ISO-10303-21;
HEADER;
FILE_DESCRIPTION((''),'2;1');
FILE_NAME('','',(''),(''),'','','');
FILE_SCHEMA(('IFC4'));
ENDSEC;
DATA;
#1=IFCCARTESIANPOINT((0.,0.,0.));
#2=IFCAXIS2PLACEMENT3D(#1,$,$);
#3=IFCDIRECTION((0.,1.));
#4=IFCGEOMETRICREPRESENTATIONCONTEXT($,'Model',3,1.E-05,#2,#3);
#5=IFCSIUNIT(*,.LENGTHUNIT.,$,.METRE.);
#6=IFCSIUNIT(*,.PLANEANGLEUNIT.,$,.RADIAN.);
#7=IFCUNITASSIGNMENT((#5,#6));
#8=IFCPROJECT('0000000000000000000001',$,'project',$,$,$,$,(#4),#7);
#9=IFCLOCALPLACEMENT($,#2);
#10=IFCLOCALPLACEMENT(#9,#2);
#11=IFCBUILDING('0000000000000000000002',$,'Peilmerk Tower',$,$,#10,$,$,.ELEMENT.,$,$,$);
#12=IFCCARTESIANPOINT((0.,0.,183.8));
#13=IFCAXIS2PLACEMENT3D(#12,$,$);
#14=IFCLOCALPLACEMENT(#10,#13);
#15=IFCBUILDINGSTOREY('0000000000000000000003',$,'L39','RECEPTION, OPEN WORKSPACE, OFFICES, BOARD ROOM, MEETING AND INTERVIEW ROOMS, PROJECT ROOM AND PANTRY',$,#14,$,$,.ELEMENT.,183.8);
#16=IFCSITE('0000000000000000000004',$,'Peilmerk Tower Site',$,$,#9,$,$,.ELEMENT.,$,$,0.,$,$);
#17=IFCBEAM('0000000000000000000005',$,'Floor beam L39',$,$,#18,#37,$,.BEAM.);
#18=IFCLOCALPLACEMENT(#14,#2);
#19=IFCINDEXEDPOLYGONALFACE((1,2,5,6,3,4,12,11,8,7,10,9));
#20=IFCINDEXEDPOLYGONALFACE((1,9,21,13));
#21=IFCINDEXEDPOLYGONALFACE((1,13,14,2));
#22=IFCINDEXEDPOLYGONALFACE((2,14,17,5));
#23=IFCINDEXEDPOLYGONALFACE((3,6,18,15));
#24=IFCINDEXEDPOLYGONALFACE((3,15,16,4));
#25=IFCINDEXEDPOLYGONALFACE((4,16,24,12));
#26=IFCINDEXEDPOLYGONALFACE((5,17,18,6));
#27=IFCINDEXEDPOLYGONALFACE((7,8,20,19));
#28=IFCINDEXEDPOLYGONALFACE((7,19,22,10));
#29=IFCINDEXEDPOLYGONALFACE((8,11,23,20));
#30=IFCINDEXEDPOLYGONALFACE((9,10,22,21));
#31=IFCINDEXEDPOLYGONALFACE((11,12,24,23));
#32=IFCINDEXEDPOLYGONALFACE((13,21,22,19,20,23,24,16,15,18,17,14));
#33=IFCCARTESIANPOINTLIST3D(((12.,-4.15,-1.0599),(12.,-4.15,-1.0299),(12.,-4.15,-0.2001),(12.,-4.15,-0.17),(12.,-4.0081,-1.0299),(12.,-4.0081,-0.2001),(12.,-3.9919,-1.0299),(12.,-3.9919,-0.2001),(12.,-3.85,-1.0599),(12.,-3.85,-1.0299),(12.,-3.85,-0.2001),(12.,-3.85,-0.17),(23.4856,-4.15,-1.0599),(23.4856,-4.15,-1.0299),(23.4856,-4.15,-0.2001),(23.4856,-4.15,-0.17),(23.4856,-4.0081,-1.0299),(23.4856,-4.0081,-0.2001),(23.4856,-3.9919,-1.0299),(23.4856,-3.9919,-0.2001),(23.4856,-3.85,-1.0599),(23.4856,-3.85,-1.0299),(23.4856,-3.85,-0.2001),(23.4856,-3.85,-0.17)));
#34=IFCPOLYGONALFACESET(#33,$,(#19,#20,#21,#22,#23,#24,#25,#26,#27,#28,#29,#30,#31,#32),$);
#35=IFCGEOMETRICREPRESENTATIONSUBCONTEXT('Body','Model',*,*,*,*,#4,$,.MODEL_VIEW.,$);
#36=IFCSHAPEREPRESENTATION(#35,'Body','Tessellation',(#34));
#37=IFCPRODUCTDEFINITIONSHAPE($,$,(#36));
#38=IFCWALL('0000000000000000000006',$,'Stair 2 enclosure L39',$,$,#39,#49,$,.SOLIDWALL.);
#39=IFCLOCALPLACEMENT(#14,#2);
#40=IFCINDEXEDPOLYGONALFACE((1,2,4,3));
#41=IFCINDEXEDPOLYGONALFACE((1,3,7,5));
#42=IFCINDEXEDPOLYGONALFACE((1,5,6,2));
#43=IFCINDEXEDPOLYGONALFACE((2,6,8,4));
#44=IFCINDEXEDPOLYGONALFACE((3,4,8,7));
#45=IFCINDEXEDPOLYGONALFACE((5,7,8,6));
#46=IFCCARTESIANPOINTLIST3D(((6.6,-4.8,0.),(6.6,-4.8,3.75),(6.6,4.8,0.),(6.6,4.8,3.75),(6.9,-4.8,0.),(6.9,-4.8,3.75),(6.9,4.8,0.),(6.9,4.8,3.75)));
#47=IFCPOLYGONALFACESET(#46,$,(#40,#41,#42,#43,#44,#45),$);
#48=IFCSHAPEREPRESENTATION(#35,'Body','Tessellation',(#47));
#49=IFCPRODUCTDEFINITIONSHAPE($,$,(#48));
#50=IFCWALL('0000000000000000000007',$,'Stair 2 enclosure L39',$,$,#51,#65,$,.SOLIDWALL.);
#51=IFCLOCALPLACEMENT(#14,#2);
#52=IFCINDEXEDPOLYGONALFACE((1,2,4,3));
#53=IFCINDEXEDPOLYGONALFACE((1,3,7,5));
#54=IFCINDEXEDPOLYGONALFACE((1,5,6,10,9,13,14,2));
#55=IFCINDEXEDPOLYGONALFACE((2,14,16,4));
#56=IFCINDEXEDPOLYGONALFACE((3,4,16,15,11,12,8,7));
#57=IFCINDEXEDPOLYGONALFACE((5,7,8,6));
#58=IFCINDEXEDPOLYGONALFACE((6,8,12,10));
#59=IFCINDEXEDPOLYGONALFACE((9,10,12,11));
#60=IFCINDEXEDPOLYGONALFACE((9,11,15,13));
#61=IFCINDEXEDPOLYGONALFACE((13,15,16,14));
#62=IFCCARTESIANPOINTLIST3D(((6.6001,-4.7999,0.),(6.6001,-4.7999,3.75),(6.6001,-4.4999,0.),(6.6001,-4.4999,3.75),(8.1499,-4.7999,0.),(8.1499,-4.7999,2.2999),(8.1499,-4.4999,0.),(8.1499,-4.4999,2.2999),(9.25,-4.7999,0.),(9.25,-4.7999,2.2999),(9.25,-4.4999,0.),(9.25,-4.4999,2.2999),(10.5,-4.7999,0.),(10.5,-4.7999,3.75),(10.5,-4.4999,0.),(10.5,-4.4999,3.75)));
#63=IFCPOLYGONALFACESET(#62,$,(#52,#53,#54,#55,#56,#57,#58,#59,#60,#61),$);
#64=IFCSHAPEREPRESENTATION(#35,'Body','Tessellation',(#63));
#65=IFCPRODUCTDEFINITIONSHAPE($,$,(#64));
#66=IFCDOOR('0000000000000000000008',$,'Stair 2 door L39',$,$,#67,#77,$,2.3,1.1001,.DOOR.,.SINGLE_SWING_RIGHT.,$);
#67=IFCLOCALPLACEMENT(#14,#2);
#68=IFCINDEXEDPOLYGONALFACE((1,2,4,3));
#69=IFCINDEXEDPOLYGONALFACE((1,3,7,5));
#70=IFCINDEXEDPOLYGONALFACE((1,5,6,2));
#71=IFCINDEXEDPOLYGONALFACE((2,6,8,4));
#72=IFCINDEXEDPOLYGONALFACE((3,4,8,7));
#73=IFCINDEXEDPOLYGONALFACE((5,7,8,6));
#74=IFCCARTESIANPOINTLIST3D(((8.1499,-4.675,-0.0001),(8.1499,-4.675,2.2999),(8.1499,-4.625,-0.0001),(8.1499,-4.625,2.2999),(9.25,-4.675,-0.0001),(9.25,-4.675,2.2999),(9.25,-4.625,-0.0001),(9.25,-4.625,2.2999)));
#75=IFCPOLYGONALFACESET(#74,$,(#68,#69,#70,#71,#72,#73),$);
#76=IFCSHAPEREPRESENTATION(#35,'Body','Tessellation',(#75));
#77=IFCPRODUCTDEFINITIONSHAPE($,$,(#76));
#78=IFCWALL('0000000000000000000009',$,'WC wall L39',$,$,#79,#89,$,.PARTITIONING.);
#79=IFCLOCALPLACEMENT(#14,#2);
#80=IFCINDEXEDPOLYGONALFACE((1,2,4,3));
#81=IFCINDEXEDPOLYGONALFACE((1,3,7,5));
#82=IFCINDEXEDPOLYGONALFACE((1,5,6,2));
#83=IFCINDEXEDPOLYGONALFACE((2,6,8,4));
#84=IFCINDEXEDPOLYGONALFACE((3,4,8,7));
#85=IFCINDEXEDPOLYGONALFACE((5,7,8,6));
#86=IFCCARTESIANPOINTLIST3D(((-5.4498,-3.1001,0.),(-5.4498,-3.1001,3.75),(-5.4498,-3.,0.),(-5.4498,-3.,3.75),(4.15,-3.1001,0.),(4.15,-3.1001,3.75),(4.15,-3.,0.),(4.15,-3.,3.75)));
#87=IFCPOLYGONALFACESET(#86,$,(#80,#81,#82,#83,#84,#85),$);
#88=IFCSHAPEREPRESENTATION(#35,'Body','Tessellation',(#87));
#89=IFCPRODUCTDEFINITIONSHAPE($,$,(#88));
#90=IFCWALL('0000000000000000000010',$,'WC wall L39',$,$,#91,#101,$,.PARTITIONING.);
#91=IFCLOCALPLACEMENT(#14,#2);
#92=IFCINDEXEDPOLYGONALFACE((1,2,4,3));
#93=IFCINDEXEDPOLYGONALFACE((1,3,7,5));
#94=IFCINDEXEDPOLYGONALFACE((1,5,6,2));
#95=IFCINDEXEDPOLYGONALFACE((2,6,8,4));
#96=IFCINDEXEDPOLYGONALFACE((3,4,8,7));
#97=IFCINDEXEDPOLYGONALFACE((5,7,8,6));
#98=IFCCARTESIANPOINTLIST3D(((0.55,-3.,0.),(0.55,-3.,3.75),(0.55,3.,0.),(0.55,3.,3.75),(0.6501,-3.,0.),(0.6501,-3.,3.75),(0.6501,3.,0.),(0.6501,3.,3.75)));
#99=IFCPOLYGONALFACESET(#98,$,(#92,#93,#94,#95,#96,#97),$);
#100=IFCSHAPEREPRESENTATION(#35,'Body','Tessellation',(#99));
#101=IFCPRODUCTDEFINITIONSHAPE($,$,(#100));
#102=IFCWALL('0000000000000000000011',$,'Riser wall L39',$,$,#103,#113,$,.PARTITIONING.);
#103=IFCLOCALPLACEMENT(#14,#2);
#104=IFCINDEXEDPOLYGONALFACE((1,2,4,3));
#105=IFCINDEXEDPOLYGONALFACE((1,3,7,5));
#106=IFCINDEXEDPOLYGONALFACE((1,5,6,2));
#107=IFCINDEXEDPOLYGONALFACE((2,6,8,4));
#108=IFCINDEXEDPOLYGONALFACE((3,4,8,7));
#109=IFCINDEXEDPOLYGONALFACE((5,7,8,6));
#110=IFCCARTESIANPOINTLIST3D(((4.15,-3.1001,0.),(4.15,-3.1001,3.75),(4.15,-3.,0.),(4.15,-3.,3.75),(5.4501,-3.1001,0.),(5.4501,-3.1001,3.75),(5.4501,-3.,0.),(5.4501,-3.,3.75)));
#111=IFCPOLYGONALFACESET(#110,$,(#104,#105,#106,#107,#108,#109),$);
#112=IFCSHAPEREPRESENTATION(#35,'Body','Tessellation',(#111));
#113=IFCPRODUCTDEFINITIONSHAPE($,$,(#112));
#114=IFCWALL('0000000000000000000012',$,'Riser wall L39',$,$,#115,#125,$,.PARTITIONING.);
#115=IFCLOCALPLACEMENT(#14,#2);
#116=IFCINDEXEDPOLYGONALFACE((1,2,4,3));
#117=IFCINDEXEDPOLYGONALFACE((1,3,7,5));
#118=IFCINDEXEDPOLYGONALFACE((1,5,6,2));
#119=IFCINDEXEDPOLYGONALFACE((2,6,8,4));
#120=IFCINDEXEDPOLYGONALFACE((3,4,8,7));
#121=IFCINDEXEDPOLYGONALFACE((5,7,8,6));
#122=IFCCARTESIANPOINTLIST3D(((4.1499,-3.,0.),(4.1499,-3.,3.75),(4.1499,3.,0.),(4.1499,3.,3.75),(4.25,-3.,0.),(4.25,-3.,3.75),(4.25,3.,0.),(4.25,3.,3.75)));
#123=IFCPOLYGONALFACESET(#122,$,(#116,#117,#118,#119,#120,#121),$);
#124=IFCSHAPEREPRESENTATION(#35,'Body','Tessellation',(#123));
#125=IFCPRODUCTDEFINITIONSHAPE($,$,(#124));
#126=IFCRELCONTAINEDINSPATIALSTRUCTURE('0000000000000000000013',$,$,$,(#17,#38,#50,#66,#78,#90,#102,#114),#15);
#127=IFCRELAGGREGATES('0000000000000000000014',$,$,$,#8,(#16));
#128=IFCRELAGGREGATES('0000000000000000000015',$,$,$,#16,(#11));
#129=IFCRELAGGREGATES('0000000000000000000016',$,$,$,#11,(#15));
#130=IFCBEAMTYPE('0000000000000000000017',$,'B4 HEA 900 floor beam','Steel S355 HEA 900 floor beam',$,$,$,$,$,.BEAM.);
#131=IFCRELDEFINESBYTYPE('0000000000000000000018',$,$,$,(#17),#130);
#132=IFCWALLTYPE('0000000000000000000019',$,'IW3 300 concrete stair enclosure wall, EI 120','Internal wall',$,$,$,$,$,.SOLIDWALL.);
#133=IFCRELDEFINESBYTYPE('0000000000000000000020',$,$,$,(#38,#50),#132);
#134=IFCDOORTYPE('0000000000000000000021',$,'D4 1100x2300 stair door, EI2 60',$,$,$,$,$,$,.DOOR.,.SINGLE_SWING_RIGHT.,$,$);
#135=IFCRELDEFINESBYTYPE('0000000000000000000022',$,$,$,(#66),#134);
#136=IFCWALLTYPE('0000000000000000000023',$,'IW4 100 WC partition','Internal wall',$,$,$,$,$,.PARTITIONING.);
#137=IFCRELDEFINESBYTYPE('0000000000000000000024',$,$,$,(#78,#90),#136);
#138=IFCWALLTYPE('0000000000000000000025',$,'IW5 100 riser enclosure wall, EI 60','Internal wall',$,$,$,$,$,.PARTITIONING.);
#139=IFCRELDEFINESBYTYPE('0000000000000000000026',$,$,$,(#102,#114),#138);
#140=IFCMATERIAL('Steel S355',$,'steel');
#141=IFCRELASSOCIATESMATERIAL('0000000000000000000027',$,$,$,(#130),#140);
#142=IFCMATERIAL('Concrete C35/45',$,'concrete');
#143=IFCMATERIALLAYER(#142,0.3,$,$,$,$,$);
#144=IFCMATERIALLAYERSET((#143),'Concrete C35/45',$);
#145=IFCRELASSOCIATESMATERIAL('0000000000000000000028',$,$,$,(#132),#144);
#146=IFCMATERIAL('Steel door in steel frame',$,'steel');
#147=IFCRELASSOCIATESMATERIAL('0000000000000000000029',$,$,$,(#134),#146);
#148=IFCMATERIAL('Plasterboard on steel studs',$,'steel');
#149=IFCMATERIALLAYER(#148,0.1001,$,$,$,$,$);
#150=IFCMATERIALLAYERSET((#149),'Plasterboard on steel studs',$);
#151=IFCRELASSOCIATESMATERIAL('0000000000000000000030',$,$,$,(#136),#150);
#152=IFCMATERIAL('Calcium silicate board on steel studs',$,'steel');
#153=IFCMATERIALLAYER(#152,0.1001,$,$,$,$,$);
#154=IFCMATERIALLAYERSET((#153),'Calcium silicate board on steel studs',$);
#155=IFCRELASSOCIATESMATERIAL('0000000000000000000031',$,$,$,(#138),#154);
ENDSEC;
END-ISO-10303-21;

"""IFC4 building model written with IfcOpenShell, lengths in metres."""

from ifc_helpers import new_model, si_unit, direction, frame, frame_2d, origin, origin_2d, place, context, subcontext, project, spatial, rectangle, i_section, extrude, material, layer, layer_set, material_profile, profile_set, type_object, element, fill, save


model = new_model("IFC4")

# Units and contexts
model_context = context("Model", 3, precision=1e-05, world=origin(), true_north=direction((0.0, 1.0)))
body_context = subcontext(model_context, "Body", "Model", "MODEL_VIEW")
ifc_project = project(units=[si_unit("LENGTHUNIT", "METRE"), si_unit("PLANEANGLEUNIT", "RADIAN")], contexts=[model_context])

# Site, building, storey
site_placement = place(None, origin())
site = spatial("IfcSite", under=ifc_project, at=site_placement, Name="Peilmerk Tower Site", CompositionType="ELEMENT", RefElevation=0.0)
building_placement = place(site_placement, origin())
building = spatial("IfcBuilding", under=site, at=building_placement, Name="Peilmerk Tower", CompositionType="ELEMENT")
storey_placement = place(building_placement, frame((0.0, 0.0, 183.8)))
storey = spatial("IfcBuildingStorey", under=building, at=storey_placement, Name="L39", Description="RECEPTION, OPEN WORKSPACE, OFFICES, BOARD ROOM, MEETING AND INTERVIEW ROOMS, PROJECT ROOM AND PANTRY", CompositionType="ELEMENT", Elevation=183.8)

# Beam
ifc_material_1 = material(Name="Steel S355", Category="steel")
ifc_material_profile = material_profile(ifc_material_1, i_section(OverallWidth=0.3, OverallDepth=0.8899, WebThickness=0.0161, FlangeThickness=0.03, at=origin_2d()), Name="HEA 900")
ifc_profile_set = profile_set([ifc_material_profile], Name="Steel S355")
beam_type = type_object("IfcBeamType", Name="B4 HEA 900 floor beam", Description="Steel S355 HEA 900 floor beam", PredefinedType="BEAM", material=ifc_profile_set)
beam_placement = place(storey_placement, frame((12.0, -4.0, -0.615), z_axis=(1.0, 0.0, 0.0), x_axis=(0.0, 1.0, 0.0)))
element("IfcBeam", 1, at=beam_placement, inside=storey, type_object=beam_type, Name="Floor beam L39", PredefinedType="BEAM", context=body_context, shape_type="SweptSolid", body=[
    extrude(i_section(OverallWidth=0.3, OverallDepth=0.8899, WebThickness=0.0161, FlangeThickness=0.03, at=origin_2d()), origin(), (0.0, 0.0, 1.0), 11.4856),
])

# Wall
ifc_material_2 = material(Name="Concrete C35/45", Category="concrete")
ifc_layer_1 = layer(ifc_material_2, 0.3)
ifc_layer_set_1 = layer_set([ifc_layer_1], Name="Concrete C35/45")
wall_type_1 = type_object("IfcWallType", Name="IW3 300 concrete stair enclosure wall, EI 120", Description="Internal wall", PredefinedType="SOLIDWALL", material=ifc_layer_set_1)
wall_1_placement = place(storey_placement, frame((6.75, -4.8, 0.0), z_axis=(0.0, 0.0, 1.0), x_axis=(0.0, 1.0, 0.0)))
element("IfcWall", 2, at=wall_1_placement, inside=storey, type_object=wall_type_1, Name="Stair 2 enclosure L39", PredefinedType="SOLIDWALL", context=body_context, shape_type="SweptSolid", body=[
    extrude(rectangle(XDim=9.6001, YDim=0.3, at=frame_2d((4.8, 0.0))), origin(), (0.0, 0.0, 1.0), 3.75),
])

# Wall, opening, door
wall_2_placement = place(storey_placement, frame((10.5, -4.6499, 0.0), z_axis=(0.0, 0.0, 1.0), x_axis=(-1.0, 0.0, 0.0)))
wall_2 = element("IfcWall", 3, at=wall_2_placement, inside=storey, type_object=wall_type_1, Name="Stair 2 enclosure L39", PredefinedType="SOLIDWALL", context=body_context, shape_type="SweptSolid", body=[
    extrude(rectangle(XDim=3.8999, YDim=0.3, at=frame_2d((1.95, 0.0))), origin(), (0.0, 0.0, 1.0), 3.75),
])
opening_1_placement = place(wall_2_placement, frame((1.25, 0.0, 0.0)))
opening_1 = element("IfcOpeningElement", 4, at=opening_1_placement, cuts=wall_2, PredefinedType="OPENING", context=body_context, shape_type="SweptSolid", body=[
    extrude(rectangle(XDim=1.1001, YDim=2.3, at=frame_2d((0.55, 1.1499))), frame((0.0, 0.1599, 0.0), z_axis=(0.0, -1.0, 0.0), x_axis=(1.0, 0.0, 0.0)), (0.0, 0.0, 1.0), 0.3201),
])
ifc_material_3 = material(Name="Steel door in steel frame", Category="steel")
door_type_1 = type_object("IfcDoorType", Name="D4 1100x2300 stair door, EI2 60", OperationType="SINGLE_SWING_RIGHT", PredefinedType="DOOR", material=ifc_material_3)
door_1_placement = place(opening_1_placement, frame((1.1001, 0.0, 0.0), z_axis=(0.0, 0.0, 1.0), x_axis=(-1.0, 0.0, 0.0)))
door_1 = element("IfcDoor", 5, at=door_1_placement, inside=storey, type_object=door_type_1, Name="Stair 2 door L39", OperationType="SINGLE_SWING_RIGHT", OverallHeight=2.3, OverallWidth=1.1001, PredefinedType="DOOR", context=body_context, shape_type="SweptSolid", body=[
    extrude(rectangle(XDim=1.1001, YDim=2.3, at=frame_2d((0.55, 1.1499))), frame((0.0, 0.0249, 0.0), z_axis=(0.0, -1.0, 0.0), x_axis=(1.0, 0.0, 0.0)), (0.0, 0.0, 1.0), 0.05),
])
fill(opening_1, door_1)

# Walls
ifc_material_4 = material(Name="Plasterboard on steel studs", Category="steel")
ifc_layer_2 = layer(ifc_material_4, 0.1001)
ifc_layer_set_2 = layer_set([ifc_layer_2], Name="Plasterboard on steel studs")
wall_type_2 = type_object("IfcWallType", Name="IW4 100 WC partition", Description="Internal wall", PredefinedType="PARTITIONING", material=ifc_layer_set_2)
wall_3_placement = place(storey_placement, frame((4.1499, -3.05, 0.0), z_axis=(0.0, 0.0, 1.0), x_axis=(-1.0, 0.0, 0.0)))
element("IfcWall", 6, at=wall_3_placement, inside=storey, type_object=wall_type_2, Name="WC wall L39", PredefinedType="PARTITIONING", context=body_context, shape_type="SweptSolid", body=[
    extrude(rectangle(XDim=9.5999, YDim=0.1001, at=frame_2d((4.7998, 0.0))), origin(), (0.0, 0.0, 1.0), 3.75),
])
wall_4_placement = place(storey_placement, frame((0.6001, -3.0, 0.0), z_axis=(0.0, 0.0, 1.0), x_axis=(0.0, 1.0, 0.0)))
element("IfcWall", 7, at=wall_4_placement, inside=storey, type_object=wall_type_2, Name="WC wall L39", PredefinedType="PARTITIONING", context=body_context, shape_type="SweptSolid", body=[
    extrude(rectangle(XDim=6.0, YDim=0.1001, at=frame_2d((3.0, 0.0))), origin(), (0.0, 0.0, 1.0), 3.75),
])
ifc_material_5 = material(Name="Calcium silicate board on steel studs", Category="steel")
ifc_layer_3 = layer(ifc_material_5, 0.1001)
ifc_layer_set_3 = layer_set([ifc_layer_3], Name="Calcium silicate board on steel studs")
wall_type_3 = type_object("IfcWallType", Name="IW5 100 riser enclosure wall, EI 60", Description="Internal wall", PredefinedType="PARTITIONING", material=ifc_layer_set_3)
wall_5_placement = place(storey_placement, frame((5.45, -3.05, 0.0), z_axis=(0.0, 0.0, 1.0), x_axis=(-1.0, 0.0, 0.0)))
element("IfcWall", 8, at=wall_5_placement, inside=storey, type_object=wall_type_3, Name="Riser wall L39", PredefinedType="PARTITIONING", context=body_context, shape_type="SweptSolid", body=[
    extrude(rectangle(XDim=1.3, YDim=0.1001, at=frame_2d((0.6499, 0.0))), origin(), (0.0, 0.0, 1.0), 3.75),
])
wall_6_placement = place(storey_placement, frame((4.2, -3.0, 0.0), z_axis=(0.0, 0.0, 1.0), x_axis=(0.0, 1.0, 0.0)))
element("IfcWall", 9, at=wall_6_placement, inside=storey, type_object=wall_type_3, Name="Riser wall L39", PredefinedType="PARTITIONING", context=body_context, shape_type="SweptSolid", body=[
    extrude(rectangle(XDim=6.0, YDim=0.1001, at=frame_2d((3.0, 0.0))), origin(), (0.0, 0.0, 1.0), 3.75),
])

save(model, "model.ifc")
